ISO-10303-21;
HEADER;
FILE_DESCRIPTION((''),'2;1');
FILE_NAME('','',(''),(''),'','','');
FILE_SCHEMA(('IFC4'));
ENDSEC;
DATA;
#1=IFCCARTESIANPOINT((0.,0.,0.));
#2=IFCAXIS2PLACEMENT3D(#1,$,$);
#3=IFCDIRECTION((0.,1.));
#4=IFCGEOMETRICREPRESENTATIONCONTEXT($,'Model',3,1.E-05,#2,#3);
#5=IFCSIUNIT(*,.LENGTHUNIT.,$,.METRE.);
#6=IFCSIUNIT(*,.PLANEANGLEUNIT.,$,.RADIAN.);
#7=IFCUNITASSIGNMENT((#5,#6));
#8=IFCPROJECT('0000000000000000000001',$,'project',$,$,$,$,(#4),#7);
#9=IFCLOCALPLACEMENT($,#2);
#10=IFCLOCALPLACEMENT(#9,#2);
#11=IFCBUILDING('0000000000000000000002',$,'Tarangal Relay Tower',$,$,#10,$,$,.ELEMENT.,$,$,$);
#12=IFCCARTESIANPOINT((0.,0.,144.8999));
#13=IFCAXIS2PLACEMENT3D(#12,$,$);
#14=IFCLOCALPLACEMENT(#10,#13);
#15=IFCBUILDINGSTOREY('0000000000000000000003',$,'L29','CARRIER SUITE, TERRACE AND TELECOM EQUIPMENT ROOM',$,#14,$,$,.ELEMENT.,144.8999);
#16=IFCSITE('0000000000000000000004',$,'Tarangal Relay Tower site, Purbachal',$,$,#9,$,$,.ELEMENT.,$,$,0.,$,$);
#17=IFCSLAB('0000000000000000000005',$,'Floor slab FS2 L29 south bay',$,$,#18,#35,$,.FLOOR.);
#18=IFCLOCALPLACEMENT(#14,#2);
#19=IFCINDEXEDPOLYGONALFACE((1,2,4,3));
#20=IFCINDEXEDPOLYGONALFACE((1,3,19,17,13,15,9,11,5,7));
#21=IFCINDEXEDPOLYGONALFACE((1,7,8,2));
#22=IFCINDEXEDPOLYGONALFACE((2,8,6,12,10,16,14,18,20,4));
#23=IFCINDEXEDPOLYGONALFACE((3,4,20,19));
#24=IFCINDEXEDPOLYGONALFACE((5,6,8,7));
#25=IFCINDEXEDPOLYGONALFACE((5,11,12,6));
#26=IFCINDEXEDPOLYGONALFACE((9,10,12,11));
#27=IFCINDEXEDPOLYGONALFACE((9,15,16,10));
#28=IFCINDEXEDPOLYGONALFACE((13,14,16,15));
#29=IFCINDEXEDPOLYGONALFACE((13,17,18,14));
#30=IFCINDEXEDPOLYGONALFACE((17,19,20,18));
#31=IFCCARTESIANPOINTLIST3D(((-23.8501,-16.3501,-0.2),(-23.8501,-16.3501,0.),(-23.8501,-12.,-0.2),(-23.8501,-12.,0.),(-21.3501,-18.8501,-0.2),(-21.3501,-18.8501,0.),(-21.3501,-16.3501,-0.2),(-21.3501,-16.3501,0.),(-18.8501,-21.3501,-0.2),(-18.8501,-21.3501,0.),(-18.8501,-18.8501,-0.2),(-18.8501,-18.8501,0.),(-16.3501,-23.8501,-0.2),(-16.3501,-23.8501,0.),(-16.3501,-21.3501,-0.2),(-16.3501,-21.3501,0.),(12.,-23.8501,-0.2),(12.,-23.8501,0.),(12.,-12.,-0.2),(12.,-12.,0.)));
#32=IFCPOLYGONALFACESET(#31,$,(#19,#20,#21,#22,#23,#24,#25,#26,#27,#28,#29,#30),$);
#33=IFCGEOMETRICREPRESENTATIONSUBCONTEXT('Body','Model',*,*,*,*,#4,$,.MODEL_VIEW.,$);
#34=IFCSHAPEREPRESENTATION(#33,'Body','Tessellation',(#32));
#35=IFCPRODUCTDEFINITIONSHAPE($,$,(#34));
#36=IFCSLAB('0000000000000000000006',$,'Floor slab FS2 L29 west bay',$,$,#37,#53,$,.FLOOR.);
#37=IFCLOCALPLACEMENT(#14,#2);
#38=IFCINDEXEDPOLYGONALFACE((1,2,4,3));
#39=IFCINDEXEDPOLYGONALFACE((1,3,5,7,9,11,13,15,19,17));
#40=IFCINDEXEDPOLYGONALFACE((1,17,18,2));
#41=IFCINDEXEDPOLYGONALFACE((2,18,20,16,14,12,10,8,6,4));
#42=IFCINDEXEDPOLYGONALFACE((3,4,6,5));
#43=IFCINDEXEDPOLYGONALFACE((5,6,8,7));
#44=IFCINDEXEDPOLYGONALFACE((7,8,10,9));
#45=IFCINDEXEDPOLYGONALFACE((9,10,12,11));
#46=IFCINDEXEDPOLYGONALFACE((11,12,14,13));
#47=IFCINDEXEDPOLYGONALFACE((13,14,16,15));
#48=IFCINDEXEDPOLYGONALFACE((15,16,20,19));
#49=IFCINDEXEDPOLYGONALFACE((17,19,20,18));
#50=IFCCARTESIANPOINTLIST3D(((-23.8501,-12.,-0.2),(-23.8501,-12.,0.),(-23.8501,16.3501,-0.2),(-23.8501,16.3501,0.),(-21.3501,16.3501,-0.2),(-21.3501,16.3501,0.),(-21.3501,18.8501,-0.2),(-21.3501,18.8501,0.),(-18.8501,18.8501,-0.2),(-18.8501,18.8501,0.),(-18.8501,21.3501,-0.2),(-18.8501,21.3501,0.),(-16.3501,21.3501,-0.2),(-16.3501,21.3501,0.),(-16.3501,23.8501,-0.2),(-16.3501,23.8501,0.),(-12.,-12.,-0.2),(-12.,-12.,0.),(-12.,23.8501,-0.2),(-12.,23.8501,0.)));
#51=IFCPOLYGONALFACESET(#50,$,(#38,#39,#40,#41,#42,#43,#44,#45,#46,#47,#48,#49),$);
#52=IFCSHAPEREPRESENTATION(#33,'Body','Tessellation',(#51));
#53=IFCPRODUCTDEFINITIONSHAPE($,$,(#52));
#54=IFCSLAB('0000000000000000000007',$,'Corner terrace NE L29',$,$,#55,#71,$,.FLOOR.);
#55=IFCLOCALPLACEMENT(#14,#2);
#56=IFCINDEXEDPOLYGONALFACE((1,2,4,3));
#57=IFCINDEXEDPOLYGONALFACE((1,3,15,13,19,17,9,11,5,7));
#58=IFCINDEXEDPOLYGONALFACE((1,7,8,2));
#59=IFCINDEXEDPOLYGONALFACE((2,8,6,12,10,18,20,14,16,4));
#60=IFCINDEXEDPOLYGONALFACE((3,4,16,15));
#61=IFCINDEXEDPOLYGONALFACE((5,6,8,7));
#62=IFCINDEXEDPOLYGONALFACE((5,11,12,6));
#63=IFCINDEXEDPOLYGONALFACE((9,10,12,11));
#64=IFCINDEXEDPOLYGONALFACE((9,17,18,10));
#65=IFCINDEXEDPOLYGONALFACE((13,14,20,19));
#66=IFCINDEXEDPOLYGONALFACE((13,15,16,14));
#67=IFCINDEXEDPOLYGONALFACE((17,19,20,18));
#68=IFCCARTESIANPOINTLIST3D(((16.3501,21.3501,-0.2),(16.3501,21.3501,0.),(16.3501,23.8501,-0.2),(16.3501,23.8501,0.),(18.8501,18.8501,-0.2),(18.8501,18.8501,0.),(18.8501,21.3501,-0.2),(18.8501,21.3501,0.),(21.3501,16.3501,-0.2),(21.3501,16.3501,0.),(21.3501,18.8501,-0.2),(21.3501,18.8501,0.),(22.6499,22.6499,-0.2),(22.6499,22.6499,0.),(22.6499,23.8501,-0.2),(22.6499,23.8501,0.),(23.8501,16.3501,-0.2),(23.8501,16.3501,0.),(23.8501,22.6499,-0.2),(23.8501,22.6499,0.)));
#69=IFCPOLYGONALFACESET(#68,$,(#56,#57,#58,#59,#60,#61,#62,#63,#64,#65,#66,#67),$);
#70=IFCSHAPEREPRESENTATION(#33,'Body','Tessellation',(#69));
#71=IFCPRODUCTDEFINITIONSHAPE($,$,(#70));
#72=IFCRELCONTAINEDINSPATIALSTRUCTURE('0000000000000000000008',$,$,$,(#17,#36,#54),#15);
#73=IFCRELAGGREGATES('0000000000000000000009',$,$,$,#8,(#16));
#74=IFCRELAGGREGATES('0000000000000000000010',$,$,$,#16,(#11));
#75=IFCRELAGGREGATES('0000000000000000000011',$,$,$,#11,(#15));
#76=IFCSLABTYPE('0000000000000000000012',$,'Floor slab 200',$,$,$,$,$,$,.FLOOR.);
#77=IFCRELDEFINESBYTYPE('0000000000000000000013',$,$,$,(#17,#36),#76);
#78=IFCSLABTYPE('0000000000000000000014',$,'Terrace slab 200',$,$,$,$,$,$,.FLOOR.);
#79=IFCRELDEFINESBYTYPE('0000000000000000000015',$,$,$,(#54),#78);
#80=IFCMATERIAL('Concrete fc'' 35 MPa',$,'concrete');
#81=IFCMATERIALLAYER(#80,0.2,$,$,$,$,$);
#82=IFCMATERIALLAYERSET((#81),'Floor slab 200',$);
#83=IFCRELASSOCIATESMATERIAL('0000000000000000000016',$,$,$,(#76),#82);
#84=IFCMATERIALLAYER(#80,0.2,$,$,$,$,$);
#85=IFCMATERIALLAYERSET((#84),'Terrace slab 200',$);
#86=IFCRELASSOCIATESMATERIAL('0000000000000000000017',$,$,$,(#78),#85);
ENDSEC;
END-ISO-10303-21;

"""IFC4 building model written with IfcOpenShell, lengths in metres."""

from ifc_helpers import new_model, si_unit, direction, frame, origin, place, context, subcontext, project, spatial, polyline, outline, extrude, material, layer, layer_set, type_object, element, save


model = new_model("IFC4")

# Units and contexts
model_context = context("Model", 3, precision=1e-05, world=origin(), true_north=direction((0.0, 1.0)))
body_context = subcontext(model_context, "Body", "Model", "MODEL_VIEW")
ifc_project = project(units=[si_unit("LENGTHUNIT", "METRE"), si_unit("PLANEANGLEUNIT", "RADIAN")], contexts=[model_context])

# Site, building, storey
site_placement = place(None, origin())
site = spatial("IfcSite", under=ifc_project, at=site_placement, Name="Tarangal Relay Tower site, Purbachal", CompositionType="ELEMENT", RefElevation=0.0)
building_placement = place(site_placement, origin())
building = spatial("IfcBuilding", under=site, at=building_placement, Name="Tarangal Relay Tower", CompositionType="ELEMENT")
storey_placement = place(building_placement, frame((0.0, 0.0, 144.8999)))
storey = spatial("IfcBuildingStorey", under=building, at=storey_placement, Name="L29", Description="CARRIER SUITE, TERRACE AND TELECOM EQUIPMENT ROOM", CompositionType="ELEMENT", Elevation=144.8999)

# Slabs
ifc_material_1 = material(Name="Concrete fc' 35 MPa", Category="concrete")
ifc_layer_1 = layer(ifc_material_1, 0.2)
ifc_layer_set_1 = layer_set([ifc_layer_1], Name="Floor slab 200")
slab_type_1 = type_object("IfcSlabType", Name="Floor slab 200", PredefinedType="FLOOR", material=ifc_layer_set_1)
slab_1_placement = place(storey_placement, frame((0.0, 0.0, -0.2)))
element("IfcSlab", 1, at=slab_1_placement, inside=storey, type_object=slab_type_1, Name="Floor slab FS2 L29 south bay", PredefinedType="FLOOR", context=body_context, shape_type="SweptSolid", body=[
    extrude(outline(polyline([(-16.3501, -23.8501), (-16.3501, -21.3501), (-18.8501, -21.3501), (-18.8501, -18.8501), (-21.3501, -18.8501), (-21.3501, -16.3501), (-23.8501, -16.3501), (-23.8501, -12.0), (12.0, -12.0), (12.0, -23.8501), (-16.3501, -23.8501)])), origin(), (0.0, 0.0, 1.0), 0.2),
])
slab_2_placement = place(storey_placement, frame((0.0, 0.0, -0.2)))
element("IfcSlab", 2, at=slab_2_placement, inside=storey, type_object=slab_type_1, Name="Floor slab FS2 L29 west bay", PredefinedType="FLOOR", context=body_context, shape_type="SweptSolid", body=[
    extrude(outline(polyline([(-12.0, 23.8501), (-12.0, -12.0), (-23.8501, -12.0), (-23.8501, 16.3501), (-21.3501, 16.3501), (-21.3501, 18.8501), (-18.8501, 18.8501), (-18.8501, 21.3501), (-16.3501, 21.3501), (-16.3501, 23.8501), (-12.0, 23.8501)])), origin(), (0.0, 0.0, 1.0), 0.2),
])
ifc_layer_2 = layer(ifc_material_1, 0.2)
ifc_layer_set_2 = layer_set([ifc_layer_2], Name="Terrace slab 200")
slab_type_2 = type_object("IfcSlabType", Name="Terrace slab 200", PredefinedType="FLOOR", material=ifc_layer_set_2)
slab_3_placement = place(storey_placement, frame((0.0, 0.0, -0.2)))
element("IfcSlab", 3, at=slab_3_placement, inside=storey, type_object=slab_type_2, Name="Corner terrace NE L29", PredefinedType="FLOOR", context=body_context, shape_type="SweptSolid", body=[
    extrude(outline(polyline([(16.3501, 23.8501), (16.3501, 21.3501), (18.8501, 21.3501), (18.8501, 18.8501), (21.3501, 18.8501), (21.3501, 16.3501), (23.8501, 16.3501), (23.8501, 22.6499), (22.6499, 22.6499), (22.6499, 23.8501), (16.3501, 23.8501)])), origin(), (0.0, 0.0, 1.0), 0.2),
])

save(model, "model.ifc")
